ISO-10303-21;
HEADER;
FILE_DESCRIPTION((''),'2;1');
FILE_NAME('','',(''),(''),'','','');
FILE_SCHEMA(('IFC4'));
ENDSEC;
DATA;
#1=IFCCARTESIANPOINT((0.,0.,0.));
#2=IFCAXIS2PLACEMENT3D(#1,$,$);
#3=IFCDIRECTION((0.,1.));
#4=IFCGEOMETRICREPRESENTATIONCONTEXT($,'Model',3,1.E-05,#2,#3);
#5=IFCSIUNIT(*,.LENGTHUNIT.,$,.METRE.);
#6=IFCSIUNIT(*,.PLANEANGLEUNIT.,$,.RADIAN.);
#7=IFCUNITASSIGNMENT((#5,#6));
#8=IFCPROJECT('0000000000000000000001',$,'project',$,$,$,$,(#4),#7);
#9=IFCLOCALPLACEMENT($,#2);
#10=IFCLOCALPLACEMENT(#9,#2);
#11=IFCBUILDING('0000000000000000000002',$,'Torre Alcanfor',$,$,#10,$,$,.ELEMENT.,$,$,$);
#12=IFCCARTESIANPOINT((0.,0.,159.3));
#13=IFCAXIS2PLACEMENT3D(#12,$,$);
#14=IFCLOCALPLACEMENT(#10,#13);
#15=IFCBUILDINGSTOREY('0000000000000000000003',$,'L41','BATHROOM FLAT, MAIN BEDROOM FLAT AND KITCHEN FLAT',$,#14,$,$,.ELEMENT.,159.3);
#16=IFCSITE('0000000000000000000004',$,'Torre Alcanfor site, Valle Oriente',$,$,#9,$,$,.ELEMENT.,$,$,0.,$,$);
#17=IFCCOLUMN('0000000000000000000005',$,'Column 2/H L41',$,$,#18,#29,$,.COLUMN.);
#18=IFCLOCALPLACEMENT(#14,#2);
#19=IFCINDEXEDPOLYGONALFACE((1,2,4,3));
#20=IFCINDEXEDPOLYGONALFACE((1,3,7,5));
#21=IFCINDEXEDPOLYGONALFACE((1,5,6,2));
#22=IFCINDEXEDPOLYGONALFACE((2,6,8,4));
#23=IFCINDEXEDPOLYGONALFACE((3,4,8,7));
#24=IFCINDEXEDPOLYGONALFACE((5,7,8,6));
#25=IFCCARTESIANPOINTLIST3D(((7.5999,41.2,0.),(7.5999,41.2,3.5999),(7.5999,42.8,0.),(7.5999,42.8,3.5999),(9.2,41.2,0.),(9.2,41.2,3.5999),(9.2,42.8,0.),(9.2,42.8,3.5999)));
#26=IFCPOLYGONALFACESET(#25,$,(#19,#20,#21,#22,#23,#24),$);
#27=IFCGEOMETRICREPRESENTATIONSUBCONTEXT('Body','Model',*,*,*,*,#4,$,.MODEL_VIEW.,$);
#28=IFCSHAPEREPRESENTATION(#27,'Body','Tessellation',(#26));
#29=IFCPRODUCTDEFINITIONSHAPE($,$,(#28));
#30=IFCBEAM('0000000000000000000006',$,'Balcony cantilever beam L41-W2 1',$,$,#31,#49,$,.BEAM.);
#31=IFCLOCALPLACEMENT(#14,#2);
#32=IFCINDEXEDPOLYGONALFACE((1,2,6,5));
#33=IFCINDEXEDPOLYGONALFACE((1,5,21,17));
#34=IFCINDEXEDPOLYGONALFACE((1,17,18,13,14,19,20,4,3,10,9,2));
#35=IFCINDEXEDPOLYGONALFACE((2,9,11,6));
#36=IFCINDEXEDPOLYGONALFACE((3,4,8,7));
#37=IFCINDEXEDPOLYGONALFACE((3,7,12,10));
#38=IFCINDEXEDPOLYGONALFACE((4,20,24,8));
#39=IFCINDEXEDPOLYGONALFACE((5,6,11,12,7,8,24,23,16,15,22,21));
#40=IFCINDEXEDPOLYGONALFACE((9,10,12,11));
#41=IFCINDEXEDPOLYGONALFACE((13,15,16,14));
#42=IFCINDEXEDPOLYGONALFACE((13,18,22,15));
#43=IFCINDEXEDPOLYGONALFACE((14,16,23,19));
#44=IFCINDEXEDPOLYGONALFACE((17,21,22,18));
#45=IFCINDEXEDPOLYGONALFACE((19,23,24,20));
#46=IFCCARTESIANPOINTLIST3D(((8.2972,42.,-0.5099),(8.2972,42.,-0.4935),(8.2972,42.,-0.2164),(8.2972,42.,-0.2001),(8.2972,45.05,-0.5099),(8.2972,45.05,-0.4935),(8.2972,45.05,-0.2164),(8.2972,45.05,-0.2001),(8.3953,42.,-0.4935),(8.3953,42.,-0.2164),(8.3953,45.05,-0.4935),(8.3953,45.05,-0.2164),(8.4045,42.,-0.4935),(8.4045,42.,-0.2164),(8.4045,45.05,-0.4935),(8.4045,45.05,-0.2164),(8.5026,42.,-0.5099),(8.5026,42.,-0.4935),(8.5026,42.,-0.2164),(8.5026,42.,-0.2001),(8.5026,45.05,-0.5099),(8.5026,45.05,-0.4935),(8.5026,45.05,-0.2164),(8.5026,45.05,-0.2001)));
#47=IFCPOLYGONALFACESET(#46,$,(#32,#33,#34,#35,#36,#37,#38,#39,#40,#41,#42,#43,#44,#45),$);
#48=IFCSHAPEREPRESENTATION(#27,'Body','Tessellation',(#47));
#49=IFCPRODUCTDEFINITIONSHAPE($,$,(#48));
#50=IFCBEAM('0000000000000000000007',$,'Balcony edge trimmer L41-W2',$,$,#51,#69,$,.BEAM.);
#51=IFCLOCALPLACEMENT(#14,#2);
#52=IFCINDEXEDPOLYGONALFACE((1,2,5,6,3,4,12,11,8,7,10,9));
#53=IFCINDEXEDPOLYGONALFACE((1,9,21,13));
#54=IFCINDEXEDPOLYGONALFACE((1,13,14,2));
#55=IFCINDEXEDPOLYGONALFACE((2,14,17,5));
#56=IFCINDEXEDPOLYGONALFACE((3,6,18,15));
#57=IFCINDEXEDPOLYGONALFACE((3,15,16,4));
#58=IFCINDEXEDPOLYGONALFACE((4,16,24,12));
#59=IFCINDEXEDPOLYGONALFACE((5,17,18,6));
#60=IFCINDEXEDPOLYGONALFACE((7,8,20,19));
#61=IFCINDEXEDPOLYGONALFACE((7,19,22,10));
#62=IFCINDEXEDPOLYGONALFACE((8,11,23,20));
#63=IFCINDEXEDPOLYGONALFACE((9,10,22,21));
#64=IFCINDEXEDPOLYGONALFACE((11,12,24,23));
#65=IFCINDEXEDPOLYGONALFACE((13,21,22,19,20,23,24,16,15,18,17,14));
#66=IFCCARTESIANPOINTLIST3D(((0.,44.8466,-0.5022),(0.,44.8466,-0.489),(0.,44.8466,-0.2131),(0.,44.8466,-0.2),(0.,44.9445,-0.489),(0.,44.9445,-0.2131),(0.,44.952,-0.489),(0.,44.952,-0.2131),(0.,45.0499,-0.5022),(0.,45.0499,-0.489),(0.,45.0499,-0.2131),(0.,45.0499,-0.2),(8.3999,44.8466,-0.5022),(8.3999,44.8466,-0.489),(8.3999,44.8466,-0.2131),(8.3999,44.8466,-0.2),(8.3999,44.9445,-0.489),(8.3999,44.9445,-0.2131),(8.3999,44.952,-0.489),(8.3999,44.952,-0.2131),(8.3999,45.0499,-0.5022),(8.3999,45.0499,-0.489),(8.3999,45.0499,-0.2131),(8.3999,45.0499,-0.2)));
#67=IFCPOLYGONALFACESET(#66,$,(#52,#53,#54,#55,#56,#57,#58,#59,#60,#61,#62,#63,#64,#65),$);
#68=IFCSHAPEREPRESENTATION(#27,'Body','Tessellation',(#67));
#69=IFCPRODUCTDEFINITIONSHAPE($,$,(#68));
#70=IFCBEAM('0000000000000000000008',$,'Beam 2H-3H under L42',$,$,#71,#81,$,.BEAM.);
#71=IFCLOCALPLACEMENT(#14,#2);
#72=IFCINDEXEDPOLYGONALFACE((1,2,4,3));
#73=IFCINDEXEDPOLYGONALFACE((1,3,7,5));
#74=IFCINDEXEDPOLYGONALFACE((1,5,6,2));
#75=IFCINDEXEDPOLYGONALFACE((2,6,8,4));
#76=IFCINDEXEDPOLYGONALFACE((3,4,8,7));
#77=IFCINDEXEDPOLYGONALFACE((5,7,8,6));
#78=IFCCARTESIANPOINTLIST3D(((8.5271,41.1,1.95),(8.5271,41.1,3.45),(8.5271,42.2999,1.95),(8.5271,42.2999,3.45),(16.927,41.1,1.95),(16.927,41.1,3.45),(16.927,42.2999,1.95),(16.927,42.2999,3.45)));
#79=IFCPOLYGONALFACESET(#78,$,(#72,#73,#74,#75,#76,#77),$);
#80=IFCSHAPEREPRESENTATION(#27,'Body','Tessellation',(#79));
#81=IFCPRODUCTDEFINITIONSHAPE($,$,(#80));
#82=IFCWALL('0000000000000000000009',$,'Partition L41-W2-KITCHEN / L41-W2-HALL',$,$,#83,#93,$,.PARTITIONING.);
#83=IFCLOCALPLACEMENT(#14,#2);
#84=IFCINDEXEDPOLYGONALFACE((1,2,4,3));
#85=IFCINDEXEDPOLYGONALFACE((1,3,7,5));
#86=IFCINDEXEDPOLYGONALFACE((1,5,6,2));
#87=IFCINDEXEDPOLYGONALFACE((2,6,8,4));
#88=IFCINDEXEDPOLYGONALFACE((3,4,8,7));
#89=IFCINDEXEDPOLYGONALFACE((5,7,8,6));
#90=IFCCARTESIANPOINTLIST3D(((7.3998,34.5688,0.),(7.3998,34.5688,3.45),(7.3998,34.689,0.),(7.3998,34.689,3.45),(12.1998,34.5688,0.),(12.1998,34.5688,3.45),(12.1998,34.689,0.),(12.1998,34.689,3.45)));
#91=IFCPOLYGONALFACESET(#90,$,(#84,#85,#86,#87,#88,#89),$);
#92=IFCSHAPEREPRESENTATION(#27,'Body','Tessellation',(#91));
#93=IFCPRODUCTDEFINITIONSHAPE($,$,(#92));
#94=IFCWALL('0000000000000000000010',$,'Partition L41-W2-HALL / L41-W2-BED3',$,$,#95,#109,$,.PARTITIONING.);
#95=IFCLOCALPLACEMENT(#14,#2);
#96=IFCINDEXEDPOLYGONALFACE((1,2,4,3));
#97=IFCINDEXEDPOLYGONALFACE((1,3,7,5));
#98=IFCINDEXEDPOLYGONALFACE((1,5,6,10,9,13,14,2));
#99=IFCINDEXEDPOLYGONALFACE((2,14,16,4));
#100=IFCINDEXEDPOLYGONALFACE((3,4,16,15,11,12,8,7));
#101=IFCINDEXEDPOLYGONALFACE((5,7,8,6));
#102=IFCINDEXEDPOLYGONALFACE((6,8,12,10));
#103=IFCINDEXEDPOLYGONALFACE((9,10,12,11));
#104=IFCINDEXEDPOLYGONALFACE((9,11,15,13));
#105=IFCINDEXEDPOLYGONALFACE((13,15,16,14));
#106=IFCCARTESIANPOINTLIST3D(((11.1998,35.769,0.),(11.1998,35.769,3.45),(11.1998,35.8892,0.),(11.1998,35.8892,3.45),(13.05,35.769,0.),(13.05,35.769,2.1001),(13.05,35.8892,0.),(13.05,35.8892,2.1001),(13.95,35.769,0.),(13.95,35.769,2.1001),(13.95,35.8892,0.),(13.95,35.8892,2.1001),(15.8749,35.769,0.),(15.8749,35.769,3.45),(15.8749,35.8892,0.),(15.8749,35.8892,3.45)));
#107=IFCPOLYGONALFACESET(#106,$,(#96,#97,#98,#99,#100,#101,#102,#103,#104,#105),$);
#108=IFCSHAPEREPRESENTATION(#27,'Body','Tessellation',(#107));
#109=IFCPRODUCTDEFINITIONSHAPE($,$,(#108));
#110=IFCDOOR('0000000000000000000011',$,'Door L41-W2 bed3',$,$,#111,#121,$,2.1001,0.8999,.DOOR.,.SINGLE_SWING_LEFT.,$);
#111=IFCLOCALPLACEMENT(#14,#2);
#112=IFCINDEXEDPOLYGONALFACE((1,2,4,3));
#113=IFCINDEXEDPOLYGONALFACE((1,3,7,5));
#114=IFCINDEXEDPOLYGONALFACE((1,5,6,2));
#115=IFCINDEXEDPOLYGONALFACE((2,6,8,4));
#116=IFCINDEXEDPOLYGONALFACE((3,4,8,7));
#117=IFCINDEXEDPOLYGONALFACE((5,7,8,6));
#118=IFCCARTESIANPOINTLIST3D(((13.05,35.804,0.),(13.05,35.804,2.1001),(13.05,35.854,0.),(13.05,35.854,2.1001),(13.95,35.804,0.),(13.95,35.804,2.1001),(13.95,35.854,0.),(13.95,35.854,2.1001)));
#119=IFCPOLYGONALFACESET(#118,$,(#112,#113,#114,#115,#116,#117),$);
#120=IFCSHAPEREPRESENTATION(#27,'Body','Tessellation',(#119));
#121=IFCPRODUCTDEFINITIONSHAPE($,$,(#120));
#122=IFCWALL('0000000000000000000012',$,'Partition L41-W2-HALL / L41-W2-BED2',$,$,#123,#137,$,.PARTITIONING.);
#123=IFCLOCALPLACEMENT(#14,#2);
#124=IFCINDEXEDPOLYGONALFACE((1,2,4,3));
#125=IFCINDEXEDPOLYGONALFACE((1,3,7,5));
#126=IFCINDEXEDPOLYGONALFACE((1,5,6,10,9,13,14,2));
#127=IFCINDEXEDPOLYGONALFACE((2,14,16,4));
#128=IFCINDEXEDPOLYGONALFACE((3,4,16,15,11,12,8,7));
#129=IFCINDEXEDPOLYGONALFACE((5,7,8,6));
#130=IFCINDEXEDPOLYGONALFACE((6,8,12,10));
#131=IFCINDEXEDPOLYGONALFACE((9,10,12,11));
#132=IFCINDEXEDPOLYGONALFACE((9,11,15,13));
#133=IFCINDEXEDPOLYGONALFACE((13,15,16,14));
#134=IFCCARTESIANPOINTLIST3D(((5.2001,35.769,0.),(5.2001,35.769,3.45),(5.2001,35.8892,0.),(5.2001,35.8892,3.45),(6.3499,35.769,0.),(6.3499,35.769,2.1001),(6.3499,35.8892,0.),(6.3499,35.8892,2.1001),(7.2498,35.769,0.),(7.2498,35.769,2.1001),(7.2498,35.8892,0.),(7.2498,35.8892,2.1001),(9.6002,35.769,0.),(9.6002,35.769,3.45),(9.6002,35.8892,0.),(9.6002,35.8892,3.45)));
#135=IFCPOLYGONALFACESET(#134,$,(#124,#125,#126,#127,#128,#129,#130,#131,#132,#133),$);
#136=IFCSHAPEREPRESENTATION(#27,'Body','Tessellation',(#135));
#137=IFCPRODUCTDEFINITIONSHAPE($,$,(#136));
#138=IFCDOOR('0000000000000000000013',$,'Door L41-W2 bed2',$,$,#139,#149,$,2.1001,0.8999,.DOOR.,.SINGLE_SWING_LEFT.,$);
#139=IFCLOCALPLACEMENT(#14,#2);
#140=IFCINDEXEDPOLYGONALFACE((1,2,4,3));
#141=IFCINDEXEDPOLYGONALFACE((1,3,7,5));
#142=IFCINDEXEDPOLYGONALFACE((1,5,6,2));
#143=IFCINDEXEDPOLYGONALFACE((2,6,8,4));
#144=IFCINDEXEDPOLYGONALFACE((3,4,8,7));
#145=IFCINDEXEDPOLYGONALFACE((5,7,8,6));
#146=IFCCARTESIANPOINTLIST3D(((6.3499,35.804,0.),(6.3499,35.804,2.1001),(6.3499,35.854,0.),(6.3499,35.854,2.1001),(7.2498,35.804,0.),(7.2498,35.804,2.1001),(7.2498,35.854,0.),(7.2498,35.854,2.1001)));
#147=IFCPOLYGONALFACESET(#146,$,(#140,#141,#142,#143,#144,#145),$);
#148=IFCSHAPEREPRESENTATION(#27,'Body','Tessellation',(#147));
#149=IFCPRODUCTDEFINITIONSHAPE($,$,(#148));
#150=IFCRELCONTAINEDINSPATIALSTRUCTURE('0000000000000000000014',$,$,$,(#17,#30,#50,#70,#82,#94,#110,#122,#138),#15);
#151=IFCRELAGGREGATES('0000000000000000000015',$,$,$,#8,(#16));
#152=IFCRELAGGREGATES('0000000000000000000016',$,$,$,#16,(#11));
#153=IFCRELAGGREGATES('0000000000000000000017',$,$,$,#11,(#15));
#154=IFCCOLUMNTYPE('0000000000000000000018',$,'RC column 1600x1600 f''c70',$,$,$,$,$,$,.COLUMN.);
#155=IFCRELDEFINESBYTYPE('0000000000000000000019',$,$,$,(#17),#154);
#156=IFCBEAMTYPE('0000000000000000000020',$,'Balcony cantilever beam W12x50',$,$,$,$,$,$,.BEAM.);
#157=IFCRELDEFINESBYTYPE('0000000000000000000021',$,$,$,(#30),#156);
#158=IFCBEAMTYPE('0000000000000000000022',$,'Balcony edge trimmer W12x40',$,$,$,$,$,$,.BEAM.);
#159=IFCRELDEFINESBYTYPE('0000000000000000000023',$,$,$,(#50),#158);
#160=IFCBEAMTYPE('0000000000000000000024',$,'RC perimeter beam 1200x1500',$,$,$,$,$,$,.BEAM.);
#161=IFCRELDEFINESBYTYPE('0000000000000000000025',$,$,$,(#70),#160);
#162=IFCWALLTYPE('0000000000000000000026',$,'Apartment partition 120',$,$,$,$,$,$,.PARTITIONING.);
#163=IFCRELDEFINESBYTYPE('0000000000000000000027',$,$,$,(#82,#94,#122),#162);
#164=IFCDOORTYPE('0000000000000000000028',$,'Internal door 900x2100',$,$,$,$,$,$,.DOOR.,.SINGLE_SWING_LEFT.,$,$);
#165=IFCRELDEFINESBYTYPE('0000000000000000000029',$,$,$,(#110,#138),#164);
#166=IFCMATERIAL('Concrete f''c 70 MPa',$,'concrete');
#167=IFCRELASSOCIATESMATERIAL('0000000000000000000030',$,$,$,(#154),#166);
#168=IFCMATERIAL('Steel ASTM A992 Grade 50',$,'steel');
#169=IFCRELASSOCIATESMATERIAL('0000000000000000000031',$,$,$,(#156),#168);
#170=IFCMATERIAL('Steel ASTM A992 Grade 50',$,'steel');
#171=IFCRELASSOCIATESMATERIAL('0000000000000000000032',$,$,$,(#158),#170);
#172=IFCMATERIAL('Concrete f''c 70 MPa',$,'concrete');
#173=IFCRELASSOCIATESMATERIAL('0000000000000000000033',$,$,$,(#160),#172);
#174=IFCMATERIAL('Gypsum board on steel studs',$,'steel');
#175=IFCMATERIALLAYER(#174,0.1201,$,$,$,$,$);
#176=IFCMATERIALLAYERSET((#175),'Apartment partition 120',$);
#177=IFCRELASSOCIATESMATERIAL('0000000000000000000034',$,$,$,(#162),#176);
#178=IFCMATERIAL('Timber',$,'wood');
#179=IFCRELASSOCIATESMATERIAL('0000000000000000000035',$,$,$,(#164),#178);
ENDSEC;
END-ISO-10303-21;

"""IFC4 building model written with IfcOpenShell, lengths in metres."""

from ifc_helpers import new_model, si_unit, direction, frame, frame_2d, origin, origin_2d, place, context, subcontext, project, spatial, rectangle, i_section, extrude, material, layer, layer_set, material_profile, profile_set, type_object, element, fill, save


model = new_model("IFC4")

# Units and contexts
model_context = context("Model", 3, precision=1e-05, world=origin(), true_north=direction((0.0, 1.0)))
body_context = subcontext(model_context, "Body", "Model", "MODEL_VIEW")
ifc_project = project(units=[si_unit("LENGTHUNIT", "METRE"), si_unit("PLANEANGLEUNIT", "RADIAN")], contexts=[model_context])

# Site, building, storey
site_placement = place(None, origin())
site = spatial("IfcSite", under=ifc_project, at=site_placement, Name="Torre Alcanfor site, Valle Oriente", CompositionType="ELEMENT", RefElevation=0.0)
building_placement = place(site_placement, origin())
building = spatial("IfcBuilding", under=site, at=building_placement, Name="Torre Alcanfor", CompositionType="ELEMENT")
storey_placement = place(building_placement, frame((0.0, 0.0, 159.3)))
storey = spatial("IfcBuildingStorey", under=building, at=storey_placement, Name="L41", Description="BATHROOM FLAT, MAIN BEDROOM FLAT AND KITCHEN FLAT", CompositionType="ELEMENT", Elevation=159.3)

# Column
ifc_material_1 = material(Name="Concrete f'c 70 MPa", Category="concrete")
ifc_material_profile_1 = material_profile(ifc_material_1, rectangle(XDim=1.6001, YDim=1.6001, at=origin_2d()), Name="1600x1600")
ifc_profile_set_1 = profile_set([ifc_material_profile_1], Name="Concrete f'c 70 MPa")
column_type = type_object("IfcColumnType", Name="RC column 1600x1600 f'c70", PredefinedType="COLUMN", material=ifc_profile_set_1)
column_placement = place(storey_placement, frame((8.3999, 42.0, 0.0), z_axis=(0.0, 0.0, 1.0), x_axis=(1.0, 0.0, 0.0)))
element("IfcColumn", 1, at=column_placement, inside=storey, type_object=column_type, Name="Column 2/H L41", PredefinedType="COLUMN", context=body_context, shape_type="SweptSolid", body=[
    extrude(rectangle(XDim=1.6001, YDim=1.6001, at=origin_2d()), origin(), (0.0, 0.0, 1.0), 3.5999),
])

# Beams
ifc_material_2 = material(Name="Steel ASTM A992 Grade 50", Category="steel")
ifc_material_profile_2 = material_profile(ifc_material_2, i_section(OverallWidth=0.2053, OverallDepth=0.3098, WebThickness=0.0093, FlangeThickness=0.0164, at=origin_2d()), Name="W12x50")
ifc_profile_set_2 = profile_set([ifc_material_profile_2], Name="Steel ASTM A992 Grade 50")
beam_type_1 = type_object("IfcBeamType", Name="Balcony cantilever beam W12x50", PredefinedType="BEAM", material=ifc_profile_set_2)
beam_1_placement = place(storey_placement, frame((8.3999, 42.0, -0.355), z_axis=(0.0, 1.0, 0.0), x_axis=(-1.0, 0.0, 0.0)))
element("IfcBeam", 2, at=beam_1_placement, inside=storey, type_object=beam_type_1, Name="Balcony cantilever beam L41-W2 1", PredefinedType="BEAM", context=body_context, shape_type="SweptSolid", body=[
    extrude(i_section(OverallWidth=0.2053, OverallDepth=0.3098, WebThickness=0.0093, FlangeThickness=0.0164, at=origin_2d()), origin(), (0.0, 0.0, 1.0), 3.05),
])
ifc_material_3 = material(Name="Steel ASTM A992 Grade 50", Category="steel")
ifc_material_profile_3 = material_profile(ifc_material_3, i_section(OverallWidth=0.2034, OverallDepth=0.3022, WebThickness=0.0076, FlangeThickness=0.0132, at=origin_2d()), Name="W12x40")
ifc_profile_set_3 = profile_set([ifc_material_profile_3], Name="Steel ASTM A992 Grade 50")
beam_type_2 = type_object("IfcBeamType", Name="Balcony edge trimmer W12x40", PredefinedType="BEAM", material=ifc_profile_set_3)
beam_2_placement = place(storey_placement, frame((8.3999, 44.9482, -0.3511), z_axis=(-1.0, 0.0, 0.0), x_axis=(0.0, -1.0, 0.0)))
element("IfcBeam", 3, at=beam_2_placement, inside=storey, type_object=beam_type_2, Name="Balcony edge trimmer L41-W2", PredefinedType="BEAM", context=body_context, shape_type="SweptSolid", body=[
    extrude(i_section(OverallWidth=0.2034, OverallDepth=0.3022, WebThickness=0.0076, FlangeThickness=0.0132, at=origin_2d()), origin(), (0.0, 0.0, 1.0), 8.3999),
])
ifc_material_4 = material(Name="Concrete f'c 70 MPa", Category="concrete")
ifc_material_profile_4 = material_profile(ifc_material_4, rectangle(XDim=1.2, YDim=1.5, at=origin_2d()), Name="1200x1500")
ifc_profile_set_4 = profile_set([ifc_material_profile_4], Name="Concrete f'c 70 MPa")
beam_type_3 = type_object("IfcBeamType", Name="RC perimeter beam 1200x1500", PredefinedType="BEAM", material=ifc_profile_set_4)
beam_3_placement = place(storey_placement, frame((8.5271, 41.7, 2.7), z_axis=(1.0, 0.0, 0.0), x_axis=(0.0, 1.0, 0.0)))
element("IfcBeam", 4, at=beam_3_placement, inside=storey, type_object=beam_type_3, Name="Beam 2H-3H under L42", PredefinedType="BEAM", context=body_context, shape_type="SweptSolid", body=[
    extrude(rectangle(XDim=1.2, YDim=1.5, at=origin_2d()), origin(), (0.0, 0.0, 1.0), 8.3999),
])

# Wall
ifc_material_5 = material(Name="Gypsum board on steel studs", Category="steel")
ifc_layer_1 = layer(ifc_material_5, 0.1201)
ifc_layer_set_1 = layer_set([ifc_layer_1], Name="Apartment partition 120")
wall_type_1 = type_object("IfcWallType", Name="Apartment partition 120", PredefinedType="PARTITIONING", material=ifc_layer_set_1)
wall_1_placement = place(storey_placement, frame((7.3999, 34.6289, 0.0), z_axis=(0.0, 0.0, 1.0), x_axis=(1.0, 0.0, 0.0)))
element("IfcWall", 5, at=wall_1_placement, inside=storey, type_object=wall_type_1, Name="Partition L41-W2-KITCHEN / L41-W2-HALL", PredefinedType="PARTITIONING", context=body_context, shape_type="SweptSolid", body=[
    extrude(rectangle(XDim=4.8, YDim=0.1201, at=frame_2d((2.3999, 0.0))), origin(), (0.0, 0.0, 1.0), 3.45),
])

# Walls, openings, doors
wall_2_placement = place(storey_placement, frame((11.2, 35.8291, 0.0), z_axis=(0.0, 0.0, 1.0), x_axis=(1.0, 0.0, 0.0)))
wall_2 = element("IfcWall", 6, at=wall_2_placement, inside=storey, type_object=wall_type_1, Name="Partition L41-W2-HALL / L41-W2-BED3", PredefinedType="PARTITIONING", context=body_context, shape_type="SweptSolid", body=[
    extrude(rectangle(XDim=4.675, YDim=0.1201, at=frame_2d((2.3374, 0.0))), origin(), (0.0, 0.0, 1.0), 3.45),
])
opening_1_placement = place(wall_2_placement, frame((1.8501, 0.0, 0.0)))
opening_1 = element("IfcOpeningElement", 7, at=opening_1_placement, cuts=wall_2, PredefinedType="OPENING", context=body_context, shape_type="SweptSolid", body=[
    extrude(rectangle(XDim=0.8999, YDim=2.1001, at=frame_2d((0.45, 1.05))), frame((0.0, 0.0701, 0.0), z_axis=(0.0, -1.0, 0.0), x_axis=(1.0, 0.0, 0.0)), (0.0, 0.0, 1.0), 0.1401),
])
ifc_material_6 = material(Name="Timber", Category="wood")
door_type_1 = type_object("IfcDoorType", Name="Internal door 900x2100", OperationType="SINGLE_SWING_LEFT", PredefinedType="DOOR", material=ifc_material_6)
door_1_placement = place(opening_1_placement, origin())
door_1 = element("IfcDoor", 8, at=door_1_placement, inside=storey, type_object=door_type_1, Name="Door L41-W2 bed3", OperationType="SINGLE_SWING_LEFT", OverallHeight=2.1001, OverallWidth=0.8999, PredefinedType="DOOR", context=body_context, shape_type="SweptSolid", body=[
    extrude(rectangle(XDim=0.8999, YDim=2.1001, at=frame_2d((0.45, 1.05))), frame((0.0, 0.0249, 0.0), z_axis=(0.0, -1.0, 0.0), x_axis=(1.0, 0.0, 0.0)), (0.0, 0.0, 1.0), 0.05),
])
fill(opening_1, door_1)
wall_3_placement = place(storey_placement, frame((5.2, 35.8291, 0.0), z_axis=(0.0, 0.0, 1.0), x_axis=(1.0, 0.0, 0.0)))
wall_3 = element("IfcWall", 9, at=wall_3_placement, inside=storey, type_object=wall_type_1, Name="Partition L41-W2-HALL / L41-W2-BED2", PredefinedType="PARTITIONING", context=body_context, shape_type="SweptSolid", body=[
    extrude(rectangle(XDim=4.4001, YDim=0.1201, at=frame_2d((2.2002, 0.0))), origin(), (0.0, 0.0, 1.0), 3.45),
])
opening_2_placement = place(wall_3_placement, frame((1.1499, 0.0, 0.0)))
opening_2 = element("IfcOpeningElement", 10, at=opening_2_placement, cuts=wall_3, PredefinedType="OPENING", context=body_context, shape_type="SweptSolid", body=[
    extrude(rectangle(XDim=0.8999, YDim=2.1001, at=frame_2d((0.45, 1.05))), frame((0.0, 0.0701, 0.0), z_axis=(0.0, -1.0, 0.0), x_axis=(1.0, 0.0, 0.0)), (0.0, 0.0, 1.0), 0.1401),
])
door_2_placement = place(opening_2_placement, origin())
door_2 = element("IfcDoor", 11, at=door_2_placement, inside=storey, type_object=door_type_1, Name="Door L41-W2 bed2", OperationType="SINGLE_SWING_LEFT", OverallHeight=2.1001, OverallWidth=0.8999, PredefinedType="DOOR", context=body_context, shape_type="SweptSolid", body=[
    extrude(rectangle(XDim=0.8999, YDim=2.1001, at=frame_2d((0.45, 1.05))), frame((0.0, 0.0249, 0.0), z_axis=(0.0, -1.0, 0.0), x_axis=(1.0, 0.0, 0.0)), (0.0, 0.0, 1.0), 0.05),
])
fill(opening_2, door_2)

save(model, "model.ifc")
